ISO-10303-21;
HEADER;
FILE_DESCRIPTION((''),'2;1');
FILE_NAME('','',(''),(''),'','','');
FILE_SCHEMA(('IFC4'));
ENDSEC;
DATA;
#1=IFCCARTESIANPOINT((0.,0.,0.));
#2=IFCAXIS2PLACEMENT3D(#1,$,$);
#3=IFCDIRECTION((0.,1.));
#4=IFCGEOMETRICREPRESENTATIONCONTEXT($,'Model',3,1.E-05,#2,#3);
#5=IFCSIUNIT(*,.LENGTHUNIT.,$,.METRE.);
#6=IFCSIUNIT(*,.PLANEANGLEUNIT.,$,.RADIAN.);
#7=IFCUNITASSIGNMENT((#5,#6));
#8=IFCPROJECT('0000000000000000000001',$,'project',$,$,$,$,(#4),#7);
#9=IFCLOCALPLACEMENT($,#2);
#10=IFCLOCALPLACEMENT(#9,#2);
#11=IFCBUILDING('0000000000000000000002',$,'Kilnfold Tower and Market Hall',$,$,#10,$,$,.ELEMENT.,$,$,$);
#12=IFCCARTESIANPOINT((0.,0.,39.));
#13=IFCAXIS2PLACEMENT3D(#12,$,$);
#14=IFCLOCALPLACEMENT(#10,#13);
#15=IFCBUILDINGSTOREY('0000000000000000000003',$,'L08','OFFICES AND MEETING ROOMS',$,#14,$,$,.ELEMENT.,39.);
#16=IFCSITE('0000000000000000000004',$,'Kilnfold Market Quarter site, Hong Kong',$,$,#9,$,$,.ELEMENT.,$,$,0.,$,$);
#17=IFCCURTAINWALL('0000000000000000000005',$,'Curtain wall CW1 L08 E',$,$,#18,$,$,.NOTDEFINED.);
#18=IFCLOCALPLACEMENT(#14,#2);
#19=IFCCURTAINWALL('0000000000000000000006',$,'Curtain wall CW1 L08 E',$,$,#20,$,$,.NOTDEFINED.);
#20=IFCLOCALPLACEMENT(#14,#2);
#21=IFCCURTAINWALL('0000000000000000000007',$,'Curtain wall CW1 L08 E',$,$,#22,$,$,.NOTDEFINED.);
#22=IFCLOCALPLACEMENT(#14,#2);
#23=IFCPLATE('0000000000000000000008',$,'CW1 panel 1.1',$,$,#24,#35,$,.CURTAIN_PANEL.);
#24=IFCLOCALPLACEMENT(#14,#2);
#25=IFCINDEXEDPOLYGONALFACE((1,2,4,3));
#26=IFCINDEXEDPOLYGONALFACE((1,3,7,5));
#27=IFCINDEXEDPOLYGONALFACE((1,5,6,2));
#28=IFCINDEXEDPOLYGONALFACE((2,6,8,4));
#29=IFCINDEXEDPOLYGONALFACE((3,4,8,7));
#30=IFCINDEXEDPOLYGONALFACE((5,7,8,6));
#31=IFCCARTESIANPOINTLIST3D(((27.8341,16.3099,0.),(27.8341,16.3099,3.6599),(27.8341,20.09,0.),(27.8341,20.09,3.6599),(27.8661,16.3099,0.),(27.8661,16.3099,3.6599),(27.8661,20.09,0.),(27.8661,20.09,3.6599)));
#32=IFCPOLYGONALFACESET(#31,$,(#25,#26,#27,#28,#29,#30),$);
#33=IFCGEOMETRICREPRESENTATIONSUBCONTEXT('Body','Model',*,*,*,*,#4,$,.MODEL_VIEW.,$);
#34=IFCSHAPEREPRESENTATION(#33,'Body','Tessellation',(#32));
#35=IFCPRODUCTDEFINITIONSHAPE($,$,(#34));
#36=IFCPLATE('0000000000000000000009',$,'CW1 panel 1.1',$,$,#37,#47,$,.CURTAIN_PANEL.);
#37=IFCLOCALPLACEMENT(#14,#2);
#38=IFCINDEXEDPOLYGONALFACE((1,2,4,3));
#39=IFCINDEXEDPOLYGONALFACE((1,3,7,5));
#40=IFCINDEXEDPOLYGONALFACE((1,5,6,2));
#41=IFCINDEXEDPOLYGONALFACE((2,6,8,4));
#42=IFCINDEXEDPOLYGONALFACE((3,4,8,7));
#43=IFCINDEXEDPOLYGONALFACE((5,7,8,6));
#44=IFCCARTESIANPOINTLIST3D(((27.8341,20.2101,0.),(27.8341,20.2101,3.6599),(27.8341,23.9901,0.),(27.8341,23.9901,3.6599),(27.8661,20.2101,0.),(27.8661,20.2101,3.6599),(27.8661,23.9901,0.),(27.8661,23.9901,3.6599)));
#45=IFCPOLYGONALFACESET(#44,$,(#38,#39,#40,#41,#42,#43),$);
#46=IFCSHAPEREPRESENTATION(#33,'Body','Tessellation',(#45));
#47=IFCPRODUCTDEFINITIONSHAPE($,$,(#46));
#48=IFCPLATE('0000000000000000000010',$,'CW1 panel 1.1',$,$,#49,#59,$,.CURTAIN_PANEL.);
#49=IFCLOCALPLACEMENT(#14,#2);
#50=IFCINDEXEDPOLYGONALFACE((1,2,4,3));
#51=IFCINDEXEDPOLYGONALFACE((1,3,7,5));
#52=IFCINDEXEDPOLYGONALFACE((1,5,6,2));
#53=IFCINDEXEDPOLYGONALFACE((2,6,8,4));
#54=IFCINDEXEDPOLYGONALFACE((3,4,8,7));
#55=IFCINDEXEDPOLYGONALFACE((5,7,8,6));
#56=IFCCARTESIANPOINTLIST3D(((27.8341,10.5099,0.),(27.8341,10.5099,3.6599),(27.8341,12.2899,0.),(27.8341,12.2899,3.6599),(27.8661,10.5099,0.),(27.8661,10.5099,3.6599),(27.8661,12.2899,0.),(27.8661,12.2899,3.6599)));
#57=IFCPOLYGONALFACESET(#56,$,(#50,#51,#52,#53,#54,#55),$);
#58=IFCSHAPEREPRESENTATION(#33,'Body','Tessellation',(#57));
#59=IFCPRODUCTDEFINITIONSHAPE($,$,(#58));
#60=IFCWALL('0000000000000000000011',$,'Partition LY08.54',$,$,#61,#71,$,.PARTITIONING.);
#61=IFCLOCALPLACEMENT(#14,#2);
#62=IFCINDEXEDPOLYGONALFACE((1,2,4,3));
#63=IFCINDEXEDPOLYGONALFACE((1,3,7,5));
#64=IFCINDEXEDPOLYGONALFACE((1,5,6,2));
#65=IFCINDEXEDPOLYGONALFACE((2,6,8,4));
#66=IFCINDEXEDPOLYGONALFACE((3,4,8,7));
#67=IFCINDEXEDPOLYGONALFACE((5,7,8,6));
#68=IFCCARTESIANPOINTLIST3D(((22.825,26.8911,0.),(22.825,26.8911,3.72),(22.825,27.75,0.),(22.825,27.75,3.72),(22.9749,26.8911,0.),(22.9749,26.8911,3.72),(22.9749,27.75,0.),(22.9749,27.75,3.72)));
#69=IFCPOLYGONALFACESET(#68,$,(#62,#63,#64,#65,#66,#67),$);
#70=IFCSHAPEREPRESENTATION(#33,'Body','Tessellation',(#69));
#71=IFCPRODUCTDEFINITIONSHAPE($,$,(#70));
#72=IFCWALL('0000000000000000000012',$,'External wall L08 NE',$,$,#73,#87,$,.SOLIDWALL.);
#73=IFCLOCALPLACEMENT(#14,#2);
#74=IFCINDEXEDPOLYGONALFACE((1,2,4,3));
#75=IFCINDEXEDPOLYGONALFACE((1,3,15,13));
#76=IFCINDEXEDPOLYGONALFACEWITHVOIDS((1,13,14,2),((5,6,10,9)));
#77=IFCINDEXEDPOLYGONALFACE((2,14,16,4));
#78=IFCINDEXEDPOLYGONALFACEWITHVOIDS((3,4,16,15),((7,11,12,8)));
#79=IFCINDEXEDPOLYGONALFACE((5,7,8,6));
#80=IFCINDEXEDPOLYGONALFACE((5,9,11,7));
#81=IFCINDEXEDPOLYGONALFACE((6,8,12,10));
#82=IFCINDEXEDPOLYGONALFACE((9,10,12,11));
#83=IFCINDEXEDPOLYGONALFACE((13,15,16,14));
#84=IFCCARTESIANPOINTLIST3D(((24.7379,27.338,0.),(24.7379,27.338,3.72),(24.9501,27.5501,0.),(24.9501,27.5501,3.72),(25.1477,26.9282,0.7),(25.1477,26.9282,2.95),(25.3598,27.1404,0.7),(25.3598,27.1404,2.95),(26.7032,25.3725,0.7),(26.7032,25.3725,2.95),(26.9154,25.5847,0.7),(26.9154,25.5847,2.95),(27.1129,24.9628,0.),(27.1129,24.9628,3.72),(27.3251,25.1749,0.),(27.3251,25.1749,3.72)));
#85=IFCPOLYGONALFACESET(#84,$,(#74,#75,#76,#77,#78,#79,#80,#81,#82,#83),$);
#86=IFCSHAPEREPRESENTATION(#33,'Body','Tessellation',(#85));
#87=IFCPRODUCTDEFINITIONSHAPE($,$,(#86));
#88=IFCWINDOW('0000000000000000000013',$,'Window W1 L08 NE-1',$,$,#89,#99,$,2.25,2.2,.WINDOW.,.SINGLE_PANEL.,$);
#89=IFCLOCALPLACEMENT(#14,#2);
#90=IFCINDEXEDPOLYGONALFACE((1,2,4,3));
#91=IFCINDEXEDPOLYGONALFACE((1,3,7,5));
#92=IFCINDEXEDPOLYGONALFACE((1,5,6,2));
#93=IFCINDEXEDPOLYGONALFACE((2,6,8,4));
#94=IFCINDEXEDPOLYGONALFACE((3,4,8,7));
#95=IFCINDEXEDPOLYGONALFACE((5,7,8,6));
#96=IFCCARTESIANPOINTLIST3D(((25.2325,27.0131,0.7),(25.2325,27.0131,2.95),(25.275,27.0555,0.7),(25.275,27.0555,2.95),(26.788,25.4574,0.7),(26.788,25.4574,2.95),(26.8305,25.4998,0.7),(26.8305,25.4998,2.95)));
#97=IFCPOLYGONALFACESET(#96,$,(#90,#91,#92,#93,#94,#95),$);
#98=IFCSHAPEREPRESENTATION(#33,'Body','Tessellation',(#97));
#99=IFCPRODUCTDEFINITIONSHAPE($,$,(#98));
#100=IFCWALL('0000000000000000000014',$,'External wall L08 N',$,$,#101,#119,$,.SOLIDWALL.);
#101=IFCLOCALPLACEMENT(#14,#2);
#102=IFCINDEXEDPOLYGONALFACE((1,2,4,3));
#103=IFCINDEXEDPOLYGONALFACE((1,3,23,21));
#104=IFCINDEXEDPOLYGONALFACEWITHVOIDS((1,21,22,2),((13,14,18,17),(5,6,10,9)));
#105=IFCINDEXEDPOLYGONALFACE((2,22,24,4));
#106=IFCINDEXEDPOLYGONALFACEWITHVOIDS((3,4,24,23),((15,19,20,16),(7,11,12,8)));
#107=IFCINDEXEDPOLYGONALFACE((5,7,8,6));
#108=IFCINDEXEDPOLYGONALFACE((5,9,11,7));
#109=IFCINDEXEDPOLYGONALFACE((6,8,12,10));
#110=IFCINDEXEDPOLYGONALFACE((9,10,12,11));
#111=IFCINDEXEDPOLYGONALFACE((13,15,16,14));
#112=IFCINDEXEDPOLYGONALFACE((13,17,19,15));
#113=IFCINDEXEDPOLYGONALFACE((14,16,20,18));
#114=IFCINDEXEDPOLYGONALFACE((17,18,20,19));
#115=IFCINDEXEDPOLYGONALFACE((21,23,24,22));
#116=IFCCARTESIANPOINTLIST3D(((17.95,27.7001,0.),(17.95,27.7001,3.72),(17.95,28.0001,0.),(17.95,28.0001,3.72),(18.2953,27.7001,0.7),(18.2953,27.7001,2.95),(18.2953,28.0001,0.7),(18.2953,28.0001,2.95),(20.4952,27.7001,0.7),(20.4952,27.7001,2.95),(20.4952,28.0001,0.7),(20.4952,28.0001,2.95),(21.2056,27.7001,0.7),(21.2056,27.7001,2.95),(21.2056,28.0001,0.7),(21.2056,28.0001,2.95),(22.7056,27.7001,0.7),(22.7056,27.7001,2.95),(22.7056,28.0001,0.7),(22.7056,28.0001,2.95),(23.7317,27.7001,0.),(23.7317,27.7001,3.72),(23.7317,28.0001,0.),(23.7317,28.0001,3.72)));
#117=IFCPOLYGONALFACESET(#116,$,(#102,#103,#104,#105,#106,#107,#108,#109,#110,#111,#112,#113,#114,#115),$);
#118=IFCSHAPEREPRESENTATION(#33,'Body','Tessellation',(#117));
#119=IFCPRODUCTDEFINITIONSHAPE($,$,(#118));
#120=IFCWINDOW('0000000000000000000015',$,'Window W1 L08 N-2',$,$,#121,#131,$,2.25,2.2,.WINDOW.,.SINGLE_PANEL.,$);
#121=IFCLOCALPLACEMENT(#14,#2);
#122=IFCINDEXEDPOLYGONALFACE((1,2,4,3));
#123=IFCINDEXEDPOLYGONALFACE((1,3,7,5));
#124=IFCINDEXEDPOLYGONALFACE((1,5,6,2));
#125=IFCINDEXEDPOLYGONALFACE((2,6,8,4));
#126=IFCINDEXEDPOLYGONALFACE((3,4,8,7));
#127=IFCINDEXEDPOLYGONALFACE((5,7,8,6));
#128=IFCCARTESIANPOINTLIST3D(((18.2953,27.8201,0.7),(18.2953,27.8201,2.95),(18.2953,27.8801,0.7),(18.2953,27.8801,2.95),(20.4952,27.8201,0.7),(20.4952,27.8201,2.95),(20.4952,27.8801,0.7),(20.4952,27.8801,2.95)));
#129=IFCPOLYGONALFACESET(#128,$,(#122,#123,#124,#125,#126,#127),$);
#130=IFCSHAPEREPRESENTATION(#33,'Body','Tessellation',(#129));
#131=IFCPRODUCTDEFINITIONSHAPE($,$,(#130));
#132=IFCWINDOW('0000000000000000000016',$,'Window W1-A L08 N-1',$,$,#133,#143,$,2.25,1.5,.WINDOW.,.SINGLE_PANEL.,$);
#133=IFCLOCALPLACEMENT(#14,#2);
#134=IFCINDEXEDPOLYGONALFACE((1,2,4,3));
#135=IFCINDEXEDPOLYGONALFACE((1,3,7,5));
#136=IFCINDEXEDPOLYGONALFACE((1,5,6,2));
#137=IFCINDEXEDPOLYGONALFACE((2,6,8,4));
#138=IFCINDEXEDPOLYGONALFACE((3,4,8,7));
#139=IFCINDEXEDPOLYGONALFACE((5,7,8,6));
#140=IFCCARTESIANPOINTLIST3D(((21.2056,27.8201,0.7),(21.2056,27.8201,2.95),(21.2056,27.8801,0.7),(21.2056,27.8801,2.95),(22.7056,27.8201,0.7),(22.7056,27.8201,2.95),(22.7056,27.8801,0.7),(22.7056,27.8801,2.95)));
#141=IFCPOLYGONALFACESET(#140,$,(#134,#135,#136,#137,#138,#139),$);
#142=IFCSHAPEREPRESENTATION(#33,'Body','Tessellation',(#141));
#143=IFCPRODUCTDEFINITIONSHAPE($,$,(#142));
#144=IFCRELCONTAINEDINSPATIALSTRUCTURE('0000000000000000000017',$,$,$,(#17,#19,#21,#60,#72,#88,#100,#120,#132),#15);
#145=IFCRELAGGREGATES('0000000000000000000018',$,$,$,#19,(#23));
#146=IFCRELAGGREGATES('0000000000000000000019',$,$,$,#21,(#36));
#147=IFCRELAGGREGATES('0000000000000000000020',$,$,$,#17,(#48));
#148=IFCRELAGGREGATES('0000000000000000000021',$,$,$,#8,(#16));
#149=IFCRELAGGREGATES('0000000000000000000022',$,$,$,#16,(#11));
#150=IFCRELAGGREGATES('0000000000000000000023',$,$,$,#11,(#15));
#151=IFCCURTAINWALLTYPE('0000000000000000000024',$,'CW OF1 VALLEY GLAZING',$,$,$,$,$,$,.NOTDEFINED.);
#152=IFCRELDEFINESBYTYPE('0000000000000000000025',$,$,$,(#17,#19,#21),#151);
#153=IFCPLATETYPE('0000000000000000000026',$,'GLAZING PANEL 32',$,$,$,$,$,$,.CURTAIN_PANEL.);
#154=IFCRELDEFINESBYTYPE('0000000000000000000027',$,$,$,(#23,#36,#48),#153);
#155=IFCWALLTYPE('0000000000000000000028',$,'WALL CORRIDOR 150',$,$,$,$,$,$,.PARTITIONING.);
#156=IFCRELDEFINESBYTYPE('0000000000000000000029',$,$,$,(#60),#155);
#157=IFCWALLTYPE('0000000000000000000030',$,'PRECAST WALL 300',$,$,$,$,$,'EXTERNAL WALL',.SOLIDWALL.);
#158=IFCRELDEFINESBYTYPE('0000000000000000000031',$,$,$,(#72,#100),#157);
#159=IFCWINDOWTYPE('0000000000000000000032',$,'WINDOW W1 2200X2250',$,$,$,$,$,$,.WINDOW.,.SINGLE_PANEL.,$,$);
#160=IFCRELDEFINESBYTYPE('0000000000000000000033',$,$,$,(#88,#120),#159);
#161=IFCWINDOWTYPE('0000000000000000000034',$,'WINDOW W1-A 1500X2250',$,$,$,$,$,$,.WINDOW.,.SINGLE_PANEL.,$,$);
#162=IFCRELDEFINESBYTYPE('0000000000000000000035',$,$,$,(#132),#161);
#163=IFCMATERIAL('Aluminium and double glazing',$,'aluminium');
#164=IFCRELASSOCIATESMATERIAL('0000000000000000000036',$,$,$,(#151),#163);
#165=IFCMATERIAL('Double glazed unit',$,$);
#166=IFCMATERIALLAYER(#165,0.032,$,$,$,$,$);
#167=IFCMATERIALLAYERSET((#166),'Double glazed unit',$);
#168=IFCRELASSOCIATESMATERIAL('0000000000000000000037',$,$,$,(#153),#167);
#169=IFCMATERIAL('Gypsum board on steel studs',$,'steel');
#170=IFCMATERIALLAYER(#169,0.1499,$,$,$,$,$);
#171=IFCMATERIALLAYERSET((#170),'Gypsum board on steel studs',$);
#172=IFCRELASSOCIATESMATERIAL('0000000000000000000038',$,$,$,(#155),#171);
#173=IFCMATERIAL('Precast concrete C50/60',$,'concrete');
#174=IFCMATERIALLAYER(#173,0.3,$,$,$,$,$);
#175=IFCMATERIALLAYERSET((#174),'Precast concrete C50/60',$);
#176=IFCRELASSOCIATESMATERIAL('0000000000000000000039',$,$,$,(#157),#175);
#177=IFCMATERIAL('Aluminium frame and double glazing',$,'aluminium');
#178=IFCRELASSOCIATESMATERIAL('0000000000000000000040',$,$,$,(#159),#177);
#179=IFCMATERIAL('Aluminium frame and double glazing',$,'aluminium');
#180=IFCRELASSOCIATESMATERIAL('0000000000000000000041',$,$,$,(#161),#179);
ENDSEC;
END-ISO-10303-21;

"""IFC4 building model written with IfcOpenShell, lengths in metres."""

from ifc_helpers import new_model, si_unit, direction, frame, frame_2d, origin, origin_2d, place, context, subcontext, project, spatial, rectangle, extrude, source, transform, mapped, material, layer, layer_set, type_object, element, fill, aggregate, save


model = new_model("IFC4")

# Units and contexts
model_context = context("Model", 3, precision=1e-05, world=origin(), true_north=direction((0.0, 1.0)))
body_context = subcontext(model_context, "Body", "Model", "MODEL_VIEW")
ifc_project = project(units=[si_unit("LENGTHUNIT", "METRE"), si_unit("PLANEANGLEUNIT", "RADIAN")], contexts=[model_context])

# Site, building, storey
site_placement = place(None, origin())
site = spatial("IfcSite", under=ifc_project, at=site_placement, Name="Kilnfold Market Quarter site, Hong Kong", CompositionType="ELEMENT", RefElevation=0.0)
building_placement = place(site_placement, origin())
building = spatial("IfcBuilding", under=site, at=building_placement, Name="Kilnfold Tower and Market Hall", CompositionType="ELEMENT")
storey_placement = place(building_placement, frame((0.0, 0.0, 39.0)))
storey = spatial("IfcBuildingStorey", under=building, at=storey_placement, Name="L08", Description="OFFICES AND MEETING ROOMS", CompositionType="ELEMENT", Elevation=39.0)

# Curtain wall
ifc_material_1 = material(Name="Aluminium and double glazing", Category="aluminium")
curtain_wall_type = type_object("IfcCurtainWallType", Name="CW OF1 VALLEY GLAZING", PredefinedType="NOTDEFINED", material=ifc_material_1)
curtain_wall_1_placement = place(storey_placement, origin())
curtain_wall_1 = element("IfcCurtainWall", 1, at=curtain_wall_1_placement, inside=storey, type_object=curtain_wall_type, Name="Curtain wall CW1 L08 E", PredefinedType="NOTDEFINED")

# Curtain walls
curtain_wall_2_placement = place(storey_placement, origin())
curtain_wall_2 = element("IfcCurtainWall", 2, at=curtain_wall_2_placement, inside=storey, type_object=curtain_wall_type, Name="Curtain wall CW1 L08 E", PredefinedType="NOTDEFINED")
curtain_wall_3_placement = place(storey_placement, origin())
curtain_wall_3 = element("IfcCurtainWall", 3, at=curtain_wall_3_placement, inside=storey, type_object=curtain_wall_type, Name="Curtain wall CW1 L08 E", PredefinedType="NOTDEFINED")

# Plates
ifc_material_2 = material(Name="Double glazed unit")
ifc_layer_1 = layer(ifc_material_2, 0.032)
ifc_layer_set_1 = layer_set([ifc_layer_1], Name="Double glazed unit")
plate_type = type_object("IfcPlateType", Name="GLAZING PANEL 32", PredefinedType="CURTAIN_PANEL", material=ifc_layer_set_1)
shared_shape_1 = source(origin(), body_context, "Body", "SweptSolid", [
    extrude(rectangle(XDim=3.78, YDim=0.032, at=origin_2d()), origin(), (0.0, 0.0, 1.0), 3.6599),
])
plate_1_placement = place(storey_placement, frame((27.8501, 18.2, 0.0), z_axis=(0.0, 0.0, 1.0), x_axis=(0.0, 1.0, 0.0)))
plate_1 = element("IfcPlate", 4, at=plate_1_placement, type_object=plate_type, Name="CW1 panel 1.1", PredefinedType="CURTAIN_PANEL", context=body_context, shape_type="MappedRepresentation", body=[
    mapped(shared_shape_1, transform((0.0, 0.0, 0.0))),
])
aggregate(curtain_wall_2, [plate_1])
plate_2_placement = place(storey_placement, frame((27.8501, 22.1001, 0.0), z_axis=(0.0, 0.0, 1.0), x_axis=(0.0, 1.0, 0.0)))
plate_2 = element("IfcPlate", 5, at=plate_2_placement, type_object=plate_type, Name="CW1 panel 1.1", PredefinedType="CURTAIN_PANEL", context=body_context, shape_type="MappedRepresentation", body=[
    mapped(shared_shape_1, transform((0.0, 0.0, 0.0))),
])
aggregate(curtain_wall_3, [plate_2])
shared_shape_2 = source(origin(), body_context, "Body", "SweptSolid", [
    extrude(rectangle(XDim=1.78, YDim=0.032, at=origin_2d()), origin(), (0.0, 0.0, 1.0), 3.6599),
])
plate_3_placement = place(storey_placement, frame((27.8501, 11.3999, 0.0), z_axis=(0.0, 0.0, 1.0), x_axis=(0.0, 1.0, 0.0)))
plate_3 = element("IfcPlate", 6, at=plate_3_placement, type_object=plate_type, Name="CW1 panel 1.1", PredefinedType="CURTAIN_PANEL", context=body_context, shape_type="MappedRepresentation", body=[
    mapped(shared_shape_2, transform((0.0, 0.0, 0.0))),
])
aggregate(curtain_wall_1, [plate_3])

# Wall
ifc_material_3 = material(Name="Gypsum board on steel studs", Category="steel")
ifc_layer_2 = layer(ifc_material_3, 0.1499)
ifc_layer_set_2 = layer_set([ifc_layer_2], Name="Gypsum board on steel studs")
wall_type_1 = type_object("IfcWallType", Name="WALL CORRIDOR 150", PredefinedType="PARTITIONING", material=ifc_layer_set_2)
wall_1_placement = place(storey_placement, frame((22.8999, 26.8911, 0.0), z_axis=(0.0, 0.0, 1.0), x_axis=(0.0, 1.0, 0.0)))
element("IfcWall", 7, at=wall_1_placement, inside=storey, type_object=wall_type_1, Name="Partition LY08.54", PredefinedType="PARTITIONING", context=body_context, shape_type="SweptSolid", body=[
    extrude(rectangle(XDim=0.8589, YDim=0.1499, at=frame_2d((0.4294, 0.0))), origin(), (0.0, 0.0, 1.0), 3.72),
])

# Wall, opening, window
ifc_material_4 = material(Name="Precast concrete C50/60", Category="concrete")
ifc_layer_3 = layer(ifc_material_4, 0.3)
ifc_layer_set_3 = layer_set([ifc_layer_3], Name="Precast concrete C50/60")
wall_type_2 = type_object("IfcWallType", Name="PRECAST WALL 300", ElementType="EXTERNAL WALL", PredefinedType="SOLIDWALL", material=ifc_layer_set_3)
shared_shape_3 = source(origin(), body_context, "Body", "SweptSolid", [
    extrude(rectangle(XDim=3.3589, YDim=0.3, at=frame_2d((1.6794, 0.0))), origin(), (0.0, 0.0, 1.0), 3.72),
])
wall_2_placement = place(storey_placement, frame((27.219, 25.0688, 0.0), z_axis=(0.0, 0.0, 1.0), x_axis=(-0.70707, 0.707143, 0.0)))
wall_2 = element("IfcWall", 8, at=wall_2_placement, inside=storey, type_object=wall_type_2, Name="External wall L08 NE", PredefinedType="SOLIDWALL", context=body_context, shape_type="MappedRepresentation", body=[
    mapped(shared_shape_3, transform((0.0, 0.0, 0.0))),
])
opening_1_placement = place(wall_2_placement, frame((0.5793, 0.0, 0.7)))
opening_1 = element("IfcOpeningElement", 9, at=opening_1_placement, cuts=wall_2, PredefinedType="OPENING", context=body_context, shape_type="SweptSolid", body=[
    extrude(rectangle(XDim=2.2, YDim=2.25, at=frame_2d((1.1001, 1.125))), frame((0.0, 0.1602, 0.0), z_axis=(0.0, -1.0, 0.0), x_axis=(1.0, 0.0, 0.0)), (0.0, 0.0, 1.0), 0.3201),
])
ifc_material_5 = material(Name="Aluminium frame and double glazing", Category="aluminium")
window_type_1 = type_object("IfcWindowType", Name="WINDOW W1 2200X2250", PartitioningType="SINGLE_PANEL", PredefinedType="WINDOW", material=ifc_material_5)
window_1_placement = place(opening_1_placement, origin())
window_1 = element("IfcWindow", 10, at=window_1_placement, inside=storey, type_object=window_type_1, Name="Window W1 L08 NE-1", OverallHeight=2.25, OverallWidth=2.2, PartitioningType="SINGLE_PANEL", PredefinedType="WINDOW", context=body_context, shape_type="SweptSolid", body=[
    extrude(rectangle(XDim=2.2, YDim=2.25, at=frame_2d((1.1001, 1.125))), frame((0.0, 0.03, 0.0), z_axis=(0.0, -1.0, 0.0), x_axis=(1.0, 0.0, 0.0)), (0.0, 0.0, 1.0), 0.0601),
])
fill(opening_1, window_1)

# Wall, openings, windows
shared_shape_4 = source(origin(), body_context, "Body", "SweptSolid", [
    extrude(rectangle(XDim=5.7817, YDim=0.3, at=frame_2d((2.8909, 0.0))), origin(), (0.0, 0.0, 1.0), 3.72),
])
wall_3_placement = place(storey_placement, frame((23.7317, 27.8501, 0.0), z_axis=(0.0, 0.0, 1.0), x_axis=(-1.0, 0.0, 0.0)))
wall_3 = element("IfcWall", 11, at=wall_3_placement, inside=storey, type_object=wall_type_2, Name="External wall L08 N", PredefinedType="SOLIDWALL", context=body_context, shape_type="MappedRepresentation", body=[
    mapped(shared_shape_4, transform((0.0, 0.0, 0.0))),
])
opening_2_placement = place(wall_3_placement, frame((1.0261, 0.0, 0.7)))
opening_2 = element("IfcOpeningElement", 12, at=opening_2_placement, cuts=wall_3, PredefinedType="OPENING", context=body_context, shape_type="SweptSolid", body=[
    extrude(rectangle(XDim=1.5, YDim=2.25, at=frame_2d((0.75, 1.125))), frame((0.0, 0.1602, 0.0), z_axis=(0.0, -1.0, 0.0), x_axis=(1.0, 0.0, 0.0)), (0.0, 0.0, 1.0), 0.3201),
])
opening_3_placement = place(wall_3_placement, frame((3.2363, 0.0, 0.7)))
opening_3 = element("IfcOpeningElement", 13, at=opening_3_placement, cuts=wall_3, PredefinedType="OPENING", context=body_context, shape_type="SweptSolid", body=[
    extrude(rectangle(XDim=2.2, YDim=2.25, at=frame_2d((1.1001, 1.125))), frame((0.0, 0.1602, 0.0), z_axis=(0.0, -1.0, 0.0), x_axis=(1.0, 0.0, 0.0)), (0.0, 0.0, 1.0), 0.3201),
])
window_2_placement = place(opening_3_placement, origin())
window_2 = element("IfcWindow", 14, at=window_2_placement, inside=storey, type_object=window_type_1, Name="Window W1 L08 N-2", OverallHeight=2.25, OverallWidth=2.2, PartitioningType="SINGLE_PANEL", PredefinedType="WINDOW", context=body_context, shape_type="SweptSolid", body=[
    extrude(rectangle(XDim=2.2, YDim=2.25, at=frame_2d((1.1001, 1.125))), frame((0.0, 0.03, 0.0), z_axis=(0.0, -1.0, 0.0), x_axis=(1.0, 0.0, 0.0)), (0.0, 0.0, 1.0), 0.0601),
])
fill(opening_3, window_2)
ifc_material_6 = material(Name="Aluminium frame and double glazing", Category="aluminium")
window_type_2 = type_object("IfcWindowType", Name="WINDOW W1-A 1500X2250", PartitioningType="SINGLE_PANEL", PredefinedType="WINDOW", material=ifc_material_6)
window_3_placement = place(opening_2_placement, origin())
window_3 = element("IfcWindow", 15, at=window_3_placement, inside=storey, type_object=window_type_2, Name="Window W1-A L08 N-1", OverallHeight=2.25, OverallWidth=1.5, PartitioningType="SINGLE_PANEL", PredefinedType="WINDOW", context=body_context, shape_type="SweptSolid", body=[
    extrude(rectangle(XDim=1.5, YDim=2.25, at=frame_2d((0.75, 1.125))), frame((0.0, 0.03, 0.0), z_axis=(0.0, -1.0, 0.0), x_axis=(1.0, 0.0, 0.0)), (0.0, 0.0, 1.0), 0.0601),
])
fill(opening_2, window_3)

save(model, "model.ifc")
